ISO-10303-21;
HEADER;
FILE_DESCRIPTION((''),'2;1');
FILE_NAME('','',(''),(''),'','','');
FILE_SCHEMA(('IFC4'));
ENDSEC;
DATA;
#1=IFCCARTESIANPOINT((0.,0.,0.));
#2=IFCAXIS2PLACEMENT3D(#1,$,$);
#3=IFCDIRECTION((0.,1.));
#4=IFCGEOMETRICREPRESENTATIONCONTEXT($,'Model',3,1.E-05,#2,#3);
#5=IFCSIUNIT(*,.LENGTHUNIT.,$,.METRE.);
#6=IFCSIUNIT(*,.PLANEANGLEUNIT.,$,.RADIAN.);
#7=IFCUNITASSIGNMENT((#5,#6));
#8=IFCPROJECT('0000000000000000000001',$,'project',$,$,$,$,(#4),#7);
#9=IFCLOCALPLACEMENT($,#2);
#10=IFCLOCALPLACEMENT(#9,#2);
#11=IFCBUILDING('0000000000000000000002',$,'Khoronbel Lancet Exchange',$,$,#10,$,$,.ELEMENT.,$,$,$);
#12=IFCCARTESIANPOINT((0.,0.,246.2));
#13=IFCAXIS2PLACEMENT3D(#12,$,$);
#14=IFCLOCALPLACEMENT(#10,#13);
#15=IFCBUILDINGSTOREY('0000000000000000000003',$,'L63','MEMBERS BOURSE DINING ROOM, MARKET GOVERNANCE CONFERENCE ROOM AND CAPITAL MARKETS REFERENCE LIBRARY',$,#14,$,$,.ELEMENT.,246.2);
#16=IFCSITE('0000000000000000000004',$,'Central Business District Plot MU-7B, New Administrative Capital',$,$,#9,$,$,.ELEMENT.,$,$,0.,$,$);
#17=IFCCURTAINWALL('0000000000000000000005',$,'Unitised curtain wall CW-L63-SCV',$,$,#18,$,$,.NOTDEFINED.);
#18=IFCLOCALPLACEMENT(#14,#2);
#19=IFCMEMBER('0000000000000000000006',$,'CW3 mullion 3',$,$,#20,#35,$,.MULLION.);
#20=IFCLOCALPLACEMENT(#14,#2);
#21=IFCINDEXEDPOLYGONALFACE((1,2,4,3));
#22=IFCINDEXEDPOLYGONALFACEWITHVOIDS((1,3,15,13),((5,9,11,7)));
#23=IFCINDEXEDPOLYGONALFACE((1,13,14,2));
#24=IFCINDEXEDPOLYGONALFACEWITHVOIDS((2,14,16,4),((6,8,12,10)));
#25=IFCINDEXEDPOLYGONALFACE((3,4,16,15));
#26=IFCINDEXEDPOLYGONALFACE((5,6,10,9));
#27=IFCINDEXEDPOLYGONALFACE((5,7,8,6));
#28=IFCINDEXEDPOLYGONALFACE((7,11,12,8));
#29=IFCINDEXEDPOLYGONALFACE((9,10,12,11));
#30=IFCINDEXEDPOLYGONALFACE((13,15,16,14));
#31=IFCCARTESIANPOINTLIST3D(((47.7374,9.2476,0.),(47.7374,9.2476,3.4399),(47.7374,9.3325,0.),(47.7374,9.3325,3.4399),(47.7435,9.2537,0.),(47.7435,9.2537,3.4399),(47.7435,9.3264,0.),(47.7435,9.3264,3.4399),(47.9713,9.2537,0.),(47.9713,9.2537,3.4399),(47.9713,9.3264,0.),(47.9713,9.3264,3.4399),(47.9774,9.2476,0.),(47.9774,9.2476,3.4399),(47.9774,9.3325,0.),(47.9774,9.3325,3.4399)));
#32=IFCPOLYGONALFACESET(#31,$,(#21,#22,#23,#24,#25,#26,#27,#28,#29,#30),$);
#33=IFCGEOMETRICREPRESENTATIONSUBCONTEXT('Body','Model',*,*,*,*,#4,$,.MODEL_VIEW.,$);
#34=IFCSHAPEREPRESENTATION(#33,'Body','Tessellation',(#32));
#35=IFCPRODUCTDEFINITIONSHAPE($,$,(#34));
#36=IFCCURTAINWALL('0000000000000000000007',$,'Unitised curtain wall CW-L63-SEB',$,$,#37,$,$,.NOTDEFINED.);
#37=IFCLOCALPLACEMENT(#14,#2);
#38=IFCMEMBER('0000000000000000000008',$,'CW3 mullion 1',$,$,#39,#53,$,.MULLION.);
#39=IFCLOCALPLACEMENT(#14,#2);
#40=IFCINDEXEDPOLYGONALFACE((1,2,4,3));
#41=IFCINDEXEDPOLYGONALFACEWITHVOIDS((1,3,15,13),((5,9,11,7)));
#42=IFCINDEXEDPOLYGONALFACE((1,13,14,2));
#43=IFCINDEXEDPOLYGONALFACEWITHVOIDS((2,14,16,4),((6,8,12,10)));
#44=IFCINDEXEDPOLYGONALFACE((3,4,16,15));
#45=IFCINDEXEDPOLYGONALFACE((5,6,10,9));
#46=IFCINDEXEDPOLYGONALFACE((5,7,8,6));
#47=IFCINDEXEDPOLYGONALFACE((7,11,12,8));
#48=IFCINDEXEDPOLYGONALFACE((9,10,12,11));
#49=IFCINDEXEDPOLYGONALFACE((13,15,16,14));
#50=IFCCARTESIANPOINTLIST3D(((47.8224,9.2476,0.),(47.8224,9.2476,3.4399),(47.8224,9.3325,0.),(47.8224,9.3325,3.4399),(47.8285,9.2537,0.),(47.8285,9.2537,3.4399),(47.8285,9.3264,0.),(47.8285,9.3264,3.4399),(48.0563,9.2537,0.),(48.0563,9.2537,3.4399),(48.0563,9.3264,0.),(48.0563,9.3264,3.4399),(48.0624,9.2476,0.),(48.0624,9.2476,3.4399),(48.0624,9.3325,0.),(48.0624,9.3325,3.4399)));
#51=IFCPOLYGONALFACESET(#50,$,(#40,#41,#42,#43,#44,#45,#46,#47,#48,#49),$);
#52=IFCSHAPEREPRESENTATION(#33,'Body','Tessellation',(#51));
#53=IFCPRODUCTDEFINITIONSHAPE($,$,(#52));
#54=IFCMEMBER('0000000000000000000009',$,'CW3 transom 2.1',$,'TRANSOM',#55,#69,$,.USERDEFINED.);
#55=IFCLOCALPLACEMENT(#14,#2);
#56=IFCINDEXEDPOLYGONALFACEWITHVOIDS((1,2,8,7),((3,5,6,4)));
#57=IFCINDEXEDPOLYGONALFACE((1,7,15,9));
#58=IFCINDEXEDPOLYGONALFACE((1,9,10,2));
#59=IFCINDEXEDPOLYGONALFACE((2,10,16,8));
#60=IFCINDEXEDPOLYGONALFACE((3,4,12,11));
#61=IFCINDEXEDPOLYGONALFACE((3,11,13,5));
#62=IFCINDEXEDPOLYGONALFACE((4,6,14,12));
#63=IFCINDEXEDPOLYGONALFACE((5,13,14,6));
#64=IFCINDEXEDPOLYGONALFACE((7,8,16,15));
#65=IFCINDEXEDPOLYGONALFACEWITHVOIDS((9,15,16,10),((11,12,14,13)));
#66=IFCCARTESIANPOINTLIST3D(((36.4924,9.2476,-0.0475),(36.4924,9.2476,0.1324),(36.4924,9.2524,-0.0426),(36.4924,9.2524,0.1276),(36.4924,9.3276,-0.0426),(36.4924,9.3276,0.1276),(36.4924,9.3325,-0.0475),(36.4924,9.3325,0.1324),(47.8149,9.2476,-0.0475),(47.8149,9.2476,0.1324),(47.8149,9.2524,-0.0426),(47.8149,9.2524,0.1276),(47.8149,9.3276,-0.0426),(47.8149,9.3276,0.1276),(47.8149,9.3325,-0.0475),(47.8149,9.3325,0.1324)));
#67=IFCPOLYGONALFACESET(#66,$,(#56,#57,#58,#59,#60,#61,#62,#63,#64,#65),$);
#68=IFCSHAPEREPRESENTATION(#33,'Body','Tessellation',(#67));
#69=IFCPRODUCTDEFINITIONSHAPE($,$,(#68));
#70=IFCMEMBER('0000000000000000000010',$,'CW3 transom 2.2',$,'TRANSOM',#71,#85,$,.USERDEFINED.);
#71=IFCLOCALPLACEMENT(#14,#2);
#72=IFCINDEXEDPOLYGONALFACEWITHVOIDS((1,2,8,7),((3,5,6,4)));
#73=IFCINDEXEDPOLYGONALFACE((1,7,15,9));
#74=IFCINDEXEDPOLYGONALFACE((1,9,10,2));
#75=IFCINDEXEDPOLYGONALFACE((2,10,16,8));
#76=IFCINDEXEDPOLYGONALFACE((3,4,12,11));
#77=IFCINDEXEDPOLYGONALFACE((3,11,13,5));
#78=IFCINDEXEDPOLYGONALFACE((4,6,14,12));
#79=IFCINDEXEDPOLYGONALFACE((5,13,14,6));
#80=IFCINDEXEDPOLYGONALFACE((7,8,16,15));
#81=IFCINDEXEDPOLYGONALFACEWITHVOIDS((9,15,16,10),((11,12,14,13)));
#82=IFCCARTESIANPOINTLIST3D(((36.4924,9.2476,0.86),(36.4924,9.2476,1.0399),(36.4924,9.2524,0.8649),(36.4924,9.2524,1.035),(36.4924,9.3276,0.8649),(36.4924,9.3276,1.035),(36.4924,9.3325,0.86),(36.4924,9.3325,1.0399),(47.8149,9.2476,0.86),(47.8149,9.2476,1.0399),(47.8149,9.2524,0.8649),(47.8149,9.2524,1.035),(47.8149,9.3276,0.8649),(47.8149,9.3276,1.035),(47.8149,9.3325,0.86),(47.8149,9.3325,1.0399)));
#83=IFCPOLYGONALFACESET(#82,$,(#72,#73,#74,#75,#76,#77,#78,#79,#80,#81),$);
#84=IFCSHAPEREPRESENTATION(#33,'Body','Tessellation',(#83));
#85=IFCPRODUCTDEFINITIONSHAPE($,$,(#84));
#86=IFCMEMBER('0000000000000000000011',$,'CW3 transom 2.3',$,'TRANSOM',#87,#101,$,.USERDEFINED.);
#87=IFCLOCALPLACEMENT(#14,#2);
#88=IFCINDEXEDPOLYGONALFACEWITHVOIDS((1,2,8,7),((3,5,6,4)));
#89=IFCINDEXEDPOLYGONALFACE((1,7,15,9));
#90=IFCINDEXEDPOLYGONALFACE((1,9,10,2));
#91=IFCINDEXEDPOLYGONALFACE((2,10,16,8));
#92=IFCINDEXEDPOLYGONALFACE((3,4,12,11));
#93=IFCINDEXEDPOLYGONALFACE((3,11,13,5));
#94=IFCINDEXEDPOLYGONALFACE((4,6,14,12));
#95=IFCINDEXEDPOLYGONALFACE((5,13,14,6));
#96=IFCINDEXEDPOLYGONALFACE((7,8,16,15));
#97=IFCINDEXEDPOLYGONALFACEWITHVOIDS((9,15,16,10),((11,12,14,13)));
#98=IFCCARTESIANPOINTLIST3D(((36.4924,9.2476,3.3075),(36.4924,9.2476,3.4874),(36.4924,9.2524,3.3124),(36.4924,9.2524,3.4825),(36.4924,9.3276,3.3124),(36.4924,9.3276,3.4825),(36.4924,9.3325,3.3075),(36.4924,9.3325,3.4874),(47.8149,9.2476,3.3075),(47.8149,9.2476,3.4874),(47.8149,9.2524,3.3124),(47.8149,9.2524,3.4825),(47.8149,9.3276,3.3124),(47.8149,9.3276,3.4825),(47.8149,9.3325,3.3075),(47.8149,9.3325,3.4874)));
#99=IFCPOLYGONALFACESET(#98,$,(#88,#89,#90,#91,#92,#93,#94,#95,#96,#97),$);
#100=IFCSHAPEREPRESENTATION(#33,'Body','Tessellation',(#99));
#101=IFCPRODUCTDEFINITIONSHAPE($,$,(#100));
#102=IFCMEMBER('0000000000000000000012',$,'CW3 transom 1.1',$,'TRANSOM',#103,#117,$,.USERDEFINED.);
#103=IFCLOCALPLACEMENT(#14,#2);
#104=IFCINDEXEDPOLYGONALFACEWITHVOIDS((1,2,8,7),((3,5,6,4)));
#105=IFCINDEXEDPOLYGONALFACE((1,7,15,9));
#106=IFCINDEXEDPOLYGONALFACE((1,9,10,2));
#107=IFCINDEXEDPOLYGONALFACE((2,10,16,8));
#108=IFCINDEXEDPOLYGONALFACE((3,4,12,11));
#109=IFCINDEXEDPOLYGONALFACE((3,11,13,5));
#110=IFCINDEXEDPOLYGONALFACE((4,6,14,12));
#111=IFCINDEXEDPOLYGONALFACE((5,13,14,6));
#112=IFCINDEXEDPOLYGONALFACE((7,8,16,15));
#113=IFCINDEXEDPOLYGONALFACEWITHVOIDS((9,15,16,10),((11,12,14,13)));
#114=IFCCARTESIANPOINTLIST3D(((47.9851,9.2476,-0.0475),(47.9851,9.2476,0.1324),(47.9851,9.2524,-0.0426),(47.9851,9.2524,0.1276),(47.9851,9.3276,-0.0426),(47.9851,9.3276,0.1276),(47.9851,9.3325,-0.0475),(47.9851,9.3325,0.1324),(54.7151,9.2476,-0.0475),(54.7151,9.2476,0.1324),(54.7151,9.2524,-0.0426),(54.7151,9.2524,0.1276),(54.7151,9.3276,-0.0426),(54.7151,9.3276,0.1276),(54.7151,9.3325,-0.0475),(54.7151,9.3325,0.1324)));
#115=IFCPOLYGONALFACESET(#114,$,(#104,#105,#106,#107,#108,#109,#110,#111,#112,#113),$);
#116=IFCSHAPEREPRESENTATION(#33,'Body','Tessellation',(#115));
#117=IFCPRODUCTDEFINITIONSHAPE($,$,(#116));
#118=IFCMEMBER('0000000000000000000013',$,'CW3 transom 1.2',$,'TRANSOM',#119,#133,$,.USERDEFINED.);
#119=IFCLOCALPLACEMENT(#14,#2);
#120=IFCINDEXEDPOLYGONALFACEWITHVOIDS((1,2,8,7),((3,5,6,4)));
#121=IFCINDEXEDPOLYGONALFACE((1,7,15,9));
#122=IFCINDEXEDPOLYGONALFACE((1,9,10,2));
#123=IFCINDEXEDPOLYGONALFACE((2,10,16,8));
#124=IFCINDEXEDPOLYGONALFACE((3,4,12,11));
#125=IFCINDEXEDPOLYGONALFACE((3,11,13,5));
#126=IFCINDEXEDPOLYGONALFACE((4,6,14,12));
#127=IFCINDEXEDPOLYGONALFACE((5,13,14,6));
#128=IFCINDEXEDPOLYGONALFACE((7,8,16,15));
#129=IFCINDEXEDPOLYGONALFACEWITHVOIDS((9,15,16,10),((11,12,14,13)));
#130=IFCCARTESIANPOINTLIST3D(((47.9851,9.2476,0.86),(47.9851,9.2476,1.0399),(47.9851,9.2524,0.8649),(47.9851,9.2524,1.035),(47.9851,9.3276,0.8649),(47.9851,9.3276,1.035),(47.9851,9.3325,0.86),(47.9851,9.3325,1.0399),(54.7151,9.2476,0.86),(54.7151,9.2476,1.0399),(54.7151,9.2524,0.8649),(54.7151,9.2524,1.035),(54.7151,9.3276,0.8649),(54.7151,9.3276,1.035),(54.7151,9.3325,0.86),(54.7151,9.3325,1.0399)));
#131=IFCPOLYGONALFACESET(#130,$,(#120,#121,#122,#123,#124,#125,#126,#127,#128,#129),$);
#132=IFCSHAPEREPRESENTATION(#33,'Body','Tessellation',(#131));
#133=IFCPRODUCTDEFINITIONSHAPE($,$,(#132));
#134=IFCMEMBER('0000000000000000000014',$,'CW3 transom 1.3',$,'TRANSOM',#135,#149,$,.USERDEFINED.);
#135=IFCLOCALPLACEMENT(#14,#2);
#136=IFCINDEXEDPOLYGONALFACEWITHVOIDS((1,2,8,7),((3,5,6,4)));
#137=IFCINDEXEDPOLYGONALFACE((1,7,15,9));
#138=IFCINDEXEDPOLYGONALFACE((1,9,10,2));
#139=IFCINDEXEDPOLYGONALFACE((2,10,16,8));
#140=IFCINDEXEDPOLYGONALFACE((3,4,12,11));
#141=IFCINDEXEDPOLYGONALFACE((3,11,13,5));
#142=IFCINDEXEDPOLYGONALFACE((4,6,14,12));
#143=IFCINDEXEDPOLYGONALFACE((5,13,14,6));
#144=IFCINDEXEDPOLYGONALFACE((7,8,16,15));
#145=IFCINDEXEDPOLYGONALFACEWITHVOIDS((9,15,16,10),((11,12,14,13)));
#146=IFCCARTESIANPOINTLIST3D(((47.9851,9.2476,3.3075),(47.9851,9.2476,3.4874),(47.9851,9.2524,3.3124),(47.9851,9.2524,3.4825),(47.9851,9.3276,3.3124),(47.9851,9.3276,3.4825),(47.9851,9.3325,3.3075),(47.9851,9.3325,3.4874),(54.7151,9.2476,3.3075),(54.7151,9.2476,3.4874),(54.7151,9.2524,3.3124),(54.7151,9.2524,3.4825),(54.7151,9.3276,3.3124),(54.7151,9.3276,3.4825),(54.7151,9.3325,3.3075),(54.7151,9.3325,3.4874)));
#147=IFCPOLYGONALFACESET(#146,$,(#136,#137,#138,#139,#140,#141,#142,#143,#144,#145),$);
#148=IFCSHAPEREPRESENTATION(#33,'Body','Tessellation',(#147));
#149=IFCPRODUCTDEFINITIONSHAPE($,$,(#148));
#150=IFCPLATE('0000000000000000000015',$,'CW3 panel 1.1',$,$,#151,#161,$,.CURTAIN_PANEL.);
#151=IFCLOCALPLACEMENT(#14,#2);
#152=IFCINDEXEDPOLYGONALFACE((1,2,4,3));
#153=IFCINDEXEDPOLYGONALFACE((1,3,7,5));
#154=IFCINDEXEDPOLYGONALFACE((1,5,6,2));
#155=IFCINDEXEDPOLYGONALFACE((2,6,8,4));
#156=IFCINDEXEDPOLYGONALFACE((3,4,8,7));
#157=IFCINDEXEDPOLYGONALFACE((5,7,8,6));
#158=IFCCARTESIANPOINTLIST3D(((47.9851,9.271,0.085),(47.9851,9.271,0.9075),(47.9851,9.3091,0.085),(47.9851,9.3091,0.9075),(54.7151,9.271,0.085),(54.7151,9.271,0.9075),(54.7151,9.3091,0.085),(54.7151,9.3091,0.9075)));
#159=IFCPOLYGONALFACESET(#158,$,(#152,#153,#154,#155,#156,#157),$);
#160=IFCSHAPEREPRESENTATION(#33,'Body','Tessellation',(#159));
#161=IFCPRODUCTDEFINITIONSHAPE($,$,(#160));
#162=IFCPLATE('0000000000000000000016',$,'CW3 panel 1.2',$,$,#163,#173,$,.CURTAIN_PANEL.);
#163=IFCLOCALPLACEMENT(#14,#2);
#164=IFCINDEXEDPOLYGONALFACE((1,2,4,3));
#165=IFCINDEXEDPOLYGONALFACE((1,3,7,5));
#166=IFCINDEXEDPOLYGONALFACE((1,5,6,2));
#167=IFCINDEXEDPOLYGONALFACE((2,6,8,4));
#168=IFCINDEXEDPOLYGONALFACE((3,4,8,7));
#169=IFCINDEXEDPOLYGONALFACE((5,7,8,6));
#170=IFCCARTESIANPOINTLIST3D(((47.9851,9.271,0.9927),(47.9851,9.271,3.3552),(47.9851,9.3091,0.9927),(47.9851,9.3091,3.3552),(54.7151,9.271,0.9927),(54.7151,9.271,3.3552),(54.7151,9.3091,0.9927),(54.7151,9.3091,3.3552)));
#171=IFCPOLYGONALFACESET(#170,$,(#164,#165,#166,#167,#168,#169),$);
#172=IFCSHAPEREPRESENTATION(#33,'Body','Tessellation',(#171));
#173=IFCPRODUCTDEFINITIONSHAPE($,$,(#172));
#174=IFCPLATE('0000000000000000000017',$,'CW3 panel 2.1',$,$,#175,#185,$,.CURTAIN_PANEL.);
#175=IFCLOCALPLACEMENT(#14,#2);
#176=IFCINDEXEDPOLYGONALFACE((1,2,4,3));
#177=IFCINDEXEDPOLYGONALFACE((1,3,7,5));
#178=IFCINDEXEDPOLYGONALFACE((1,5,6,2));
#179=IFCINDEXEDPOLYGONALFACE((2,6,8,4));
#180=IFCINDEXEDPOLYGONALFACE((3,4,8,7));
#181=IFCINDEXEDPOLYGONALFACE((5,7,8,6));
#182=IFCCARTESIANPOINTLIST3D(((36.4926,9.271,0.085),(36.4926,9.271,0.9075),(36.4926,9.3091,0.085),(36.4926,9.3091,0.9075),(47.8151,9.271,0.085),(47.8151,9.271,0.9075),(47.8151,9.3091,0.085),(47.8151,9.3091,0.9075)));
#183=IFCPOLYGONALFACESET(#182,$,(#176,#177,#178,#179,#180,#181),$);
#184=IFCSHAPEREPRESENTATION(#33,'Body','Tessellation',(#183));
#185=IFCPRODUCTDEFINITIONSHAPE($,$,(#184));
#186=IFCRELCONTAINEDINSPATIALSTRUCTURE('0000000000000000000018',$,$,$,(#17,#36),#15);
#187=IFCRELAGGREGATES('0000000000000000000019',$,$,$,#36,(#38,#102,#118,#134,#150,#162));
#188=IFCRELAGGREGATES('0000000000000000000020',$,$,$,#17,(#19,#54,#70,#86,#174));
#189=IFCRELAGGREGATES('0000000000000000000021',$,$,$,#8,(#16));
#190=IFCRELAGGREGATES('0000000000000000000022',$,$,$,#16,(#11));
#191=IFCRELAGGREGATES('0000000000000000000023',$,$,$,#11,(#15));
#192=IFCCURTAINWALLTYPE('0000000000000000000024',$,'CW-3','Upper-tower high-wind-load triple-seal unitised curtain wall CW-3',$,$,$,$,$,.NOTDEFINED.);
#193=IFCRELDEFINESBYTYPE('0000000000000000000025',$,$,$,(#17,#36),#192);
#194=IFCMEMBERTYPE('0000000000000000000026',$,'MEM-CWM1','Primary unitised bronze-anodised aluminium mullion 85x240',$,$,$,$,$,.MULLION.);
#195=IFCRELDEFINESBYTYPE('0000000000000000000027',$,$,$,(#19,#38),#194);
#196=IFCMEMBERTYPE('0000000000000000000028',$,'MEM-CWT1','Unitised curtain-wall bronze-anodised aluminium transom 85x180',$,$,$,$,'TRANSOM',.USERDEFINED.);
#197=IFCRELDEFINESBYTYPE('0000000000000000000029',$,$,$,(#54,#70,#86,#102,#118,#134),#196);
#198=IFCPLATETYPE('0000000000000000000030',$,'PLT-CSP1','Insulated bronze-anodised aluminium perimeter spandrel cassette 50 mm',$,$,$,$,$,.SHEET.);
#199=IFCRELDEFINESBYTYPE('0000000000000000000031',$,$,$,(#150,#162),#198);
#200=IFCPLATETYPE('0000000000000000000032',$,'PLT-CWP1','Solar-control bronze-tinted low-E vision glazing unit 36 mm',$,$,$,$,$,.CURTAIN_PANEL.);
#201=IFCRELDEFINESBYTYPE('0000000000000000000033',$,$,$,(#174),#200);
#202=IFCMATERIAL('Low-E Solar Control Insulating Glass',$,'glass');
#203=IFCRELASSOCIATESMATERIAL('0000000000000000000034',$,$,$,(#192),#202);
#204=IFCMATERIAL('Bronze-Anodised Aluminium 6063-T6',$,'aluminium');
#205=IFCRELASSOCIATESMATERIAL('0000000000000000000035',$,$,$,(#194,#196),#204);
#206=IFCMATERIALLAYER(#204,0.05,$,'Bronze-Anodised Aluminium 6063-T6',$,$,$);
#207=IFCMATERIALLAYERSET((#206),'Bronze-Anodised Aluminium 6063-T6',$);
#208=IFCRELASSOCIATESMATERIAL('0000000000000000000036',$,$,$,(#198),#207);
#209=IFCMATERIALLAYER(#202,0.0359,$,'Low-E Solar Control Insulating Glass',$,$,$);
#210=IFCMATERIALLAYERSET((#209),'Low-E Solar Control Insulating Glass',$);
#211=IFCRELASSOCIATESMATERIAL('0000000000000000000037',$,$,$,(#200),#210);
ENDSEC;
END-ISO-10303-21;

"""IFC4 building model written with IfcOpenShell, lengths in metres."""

from ifc_helpers import new_model, si_unit, direction, frame, origin, origin_2d, place, context, subcontext, project, spatial, rectangle, hollow_rectangle, extrude, material, layer, layer_set, material_profile, profile_set, type_object, element, aggregate, save


model = new_model("IFC4")

# Units and contexts
model_context = context("Model", 3, precision=1e-05, world=origin(), true_north=direction((0.0, 1.0)))
body_context = subcontext(model_context, "Body", "Model", "MODEL_VIEW")
ifc_project = project(units=[si_unit("LENGTHUNIT", "METRE"), si_unit("PLANEANGLEUNIT", "RADIAN")], contexts=[model_context])

# Site, building, storey
site_placement = place(None, origin())
site = spatial("IfcSite", under=ifc_project, at=site_placement, Name="Central Business District Plot MU-7B, New Administrative Capital", CompositionType="ELEMENT", RefElevation=0.0)
building_placement = place(site_placement, origin())
building = spatial("IfcBuilding", under=site, at=building_placement, Name="Khoronbel Lancet Exchange", CompositionType="ELEMENT")
storey_placement = place(building_placement, frame((0.0, 0.0, 246.2)))
storey = spatial("IfcBuildingStorey", under=building, at=storey_placement, Name="L63", Description="MEMBERS BOURSE DINING ROOM, MARKET GOVERNANCE CONFERENCE ROOM AND CAPITAL MARKETS REFERENCE LIBRARY", CompositionType="ELEMENT", Elevation=246.2)

# Curtain wall, member
ifc_material_1 = material(Name="Low-E Solar Control Insulating Glass", Category="glass")
curtain_wall_type = type_object("IfcCurtainWallType", Name="CW-3", Description="Upper-tower high-wind-load triple-seal unitised curtain wall CW-3", PredefinedType="NOTDEFINED", material=ifc_material_1)
curtain_wall_1_placement = place(storey_placement, origin())
curtain_wall_1 = element("IfcCurtainWall", 1, at=curtain_wall_1_placement, inside=storey, type_object=curtain_wall_type, Name="Unitised curtain wall CW-L63-SCV", PredefinedType="NOTDEFINED")
ifc_material_2 = material(Name="Bronze-Anodised Aluminium 6063-T6", Category="aluminium")
ifc_material_profile_1 = material_profile(ifc_material_2, hollow_rectangle(XDim=0.085, YDim=0.24, WallThickness=0.0061, at=origin_2d()), Name="ALU MULLION 85x240")
ifc_profile_set_1 = profile_set([ifc_material_profile_1], Name="Bronze-Anodised Aluminium 6063-T6")
member_type_1 = type_object("IfcMemberType", Name="MEM-CWM1", Description="Primary unitised bronze-anodised aluminium mullion 85x240", PredefinedType="MULLION", material=ifc_profile_set_1)
member_1_placement = place(storey_placement, frame((47.8574, 9.29, 0.0), z_axis=(0.0, 0.0, 1.0), x_axis=(0.0, 1.0, 0.0)))
member_1 = element("IfcMember", 2, at=member_1_placement, type_object=member_type_1, Name="CW3 mullion 3", PredefinedType="MULLION", context=body_context, shape_type="SweptSolid", body=[
    extrude(hollow_rectangle(XDim=0.085, YDim=0.24, WallThickness=0.0061, at=origin_2d()), origin(), (0.0, 0.0, 1.0), 3.4399),
])

# Curtain wall, member
curtain_wall_2_placement = place(storey_placement, origin())
curtain_wall_2 = element("IfcCurtainWall", 3, at=curtain_wall_2_placement, inside=storey, type_object=curtain_wall_type, Name="Unitised curtain wall CW-L63-SEB", PredefinedType="NOTDEFINED")
member_2_placement = place(storey_placement, frame((47.9424, 9.29, 0.0), z_axis=(0.0, 0.0, 1.0), x_axis=(0.0, 1.0, 0.0)))
member_2 = element("IfcMember", 4, at=member_2_placement, type_object=member_type_1, Name="CW3 mullion 1", PredefinedType="MULLION", context=body_context, shape_type="SweptSolid", body=[
    extrude(hollow_rectangle(XDim=0.085, YDim=0.24, WallThickness=0.0061, at=origin_2d()), origin(), (0.0, 0.0, 1.0), 3.4399),
])

# Members
ifc_material_profile_2 = material_profile(ifc_material_2, hollow_rectangle(XDim=0.085, YDim=0.1799, WallThickness=0.0049, at=origin_2d()), Name="ALU TRANSOM 85x180")
ifc_profile_set_2 = profile_set([ifc_material_profile_2], Name="Bronze-Anodised Aluminium 6063-T6")
member_type_2 = type_object("IfcMemberType", Name="MEM-CWT1", Description="Unitised curtain-wall bronze-anodised aluminium transom 85x180", ElementType="TRANSOM", PredefinedType="USERDEFINED", material=ifc_profile_set_2)
member_3_placement = place(storey_placement, frame((36.4924, 9.29, 0.0425), z_axis=(1.0, 0.0, 0.0), x_axis=(0.0, 1.0, 0.0)))
member_3 = element("IfcMember", 5, at=member_3_placement, type_object=member_type_2, Name="CW3 transom 2.1", ObjectType="TRANSOM", PredefinedType="USERDEFINED", context=body_context, shape_type="SweptSolid", body=[
    extrude(hollow_rectangle(XDim=0.085, YDim=0.1799, WallThickness=0.0049, at=origin_2d()), origin(), (0.0, 0.0, 1.0), 11.3225),
])
member_4_placement = place(storey_placement, frame((36.4924, 9.29, 0.95), z_axis=(1.0, 0.0, 0.0), x_axis=(0.0, 1.0, 0.0)))
member_4 = element("IfcMember", 6, at=member_4_placement, type_object=member_type_2, Name="CW3 transom 2.2", ObjectType="TRANSOM", PredefinedType="USERDEFINED", context=body_context, shape_type="SweptSolid", body=[
    extrude(hollow_rectangle(XDim=0.085, YDim=0.1799, WallThickness=0.0049, at=origin_2d()), origin(), (0.0, 0.0, 1.0), 11.3225),
])
member_5_placement = place(storey_placement, frame((36.4924, 9.29, 3.3975), z_axis=(1.0, 0.0, 0.0), x_axis=(0.0, 1.0, 0.0)))
member_5 = element("IfcMember", 7, at=member_5_placement, type_object=member_type_2, Name="CW3 transom 2.3", ObjectType="TRANSOM", PredefinedType="USERDEFINED", context=body_context, shape_type="SweptSolid", body=[
    extrude(hollow_rectangle(XDim=0.085, YDim=0.1799, WallThickness=0.0049, at=origin_2d()), origin(), (0.0, 0.0, 1.0), 11.3225),
])
member_6_placement = place(storey_placement, frame((47.9851, 9.29, 0.0425), z_axis=(1.0, 0.0, 0.0), x_axis=(0.0, 1.0, 0.0)))
member_6 = element("IfcMember", 8, at=member_6_placement, type_object=member_type_2, Name="CW3 transom 1.1", ObjectType="TRANSOM", PredefinedType="USERDEFINED", context=body_context, shape_type="SweptSolid", body=[
    extrude(hollow_rectangle(XDim=0.085, YDim=0.1799, WallThickness=0.0049, at=origin_2d()), origin(), (0.0, 0.0, 1.0), 6.73),
])
member_7_placement = place(storey_placement, frame((47.9851, 9.29, 0.95), z_axis=(1.0, 0.0, 0.0), x_axis=(0.0, 1.0, 0.0)))
member_7 = element("IfcMember", 9, at=member_7_placement, type_object=member_type_2, Name="CW3 transom 1.2", ObjectType="TRANSOM", PredefinedType="USERDEFINED", context=body_context, shape_type="SweptSolid", body=[
    extrude(hollow_rectangle(XDim=0.085, YDim=0.1799, WallThickness=0.0049, at=origin_2d()), origin(), (0.0, 0.0, 1.0), 6.73),
])
member_8_placement = place(storey_placement, frame((47.9851, 9.29, 3.3975), z_axis=(1.0, 0.0, 0.0), x_axis=(0.0, 1.0, 0.0)))
member_8 = element("IfcMember", 10, at=member_8_placement, type_object=member_type_2, Name="CW3 transom 1.3", ObjectType="TRANSOM", PredefinedType="USERDEFINED", context=body_context, shape_type="SweptSolid", body=[
    extrude(hollow_rectangle(XDim=0.085, YDim=0.1799, WallThickness=0.0049, at=origin_2d()), origin(), (0.0, 0.0, 1.0), 6.73),
])

# Plates
ifc_layer_1 = layer(ifc_material_2, 0.05, Name="Bronze-Anodised Aluminium 6063-T6")
ifc_layer_set_1 = layer_set([ifc_layer_1], Name="Bronze-Anodised Aluminium 6063-T6")
plate_type_1 = type_object("IfcPlateType", Name="PLT-CSP1", Description="Insulated bronze-anodised aluminium perimeter spandrel cassette 50 mm", PredefinedType="SHEET", material=ifc_layer_set_1)
plate_1_placement = place(storey_placement, frame((51.3501, 9.29, 0.085), z_axis=(0.0, 0.0, 1.0), x_axis=(1.0, 0.0, 0.0)))
plate_1 = element("IfcPlate", 11, at=plate_1_placement, type_object=plate_type_1, Name="CW3 panel 1.1", PredefinedType="CURTAIN_PANEL", context=body_context, shape_type="SweptSolid", body=[
    extrude(rectangle(XDim=6.73, YDim=0.0381, at=origin_2d()), origin(), (0.0, 0.0, 1.0), 0.8225),
])
plate_2_placement = place(storey_placement, frame((51.3501, 9.29, 0.9927), z_axis=(0.0, 0.0, 1.0), x_axis=(1.0, 0.0, 0.0)))
plate_2 = element("IfcPlate", 12, at=plate_2_placement, type_object=plate_type_1, Name="CW3 panel 1.2", PredefinedType="CURTAIN_PANEL", context=body_context, shape_type="SweptSolid", body=[
    extrude(rectangle(XDim=6.73, YDim=0.0381, at=origin_2d()), origin(), (0.0, 0.0, 1.0), 2.3625),
])
aggregate(curtain_wall_2, [member_2, member_6, member_7, member_8, plate_1, plate_2])
ifc_layer_2 = layer(ifc_material_1, 0.0359, Name="Low-E Solar Control Insulating Glass")
ifc_layer_set_2 = layer_set([ifc_layer_2], Name="Low-E Solar Control Insulating Glass")
plate_type_2 = type_object("IfcPlateType", Name="PLT-CWP1", Description="Solar-control bronze-tinted low-E vision glazing unit 36 mm", PredefinedType="CURTAIN_PANEL", material=ifc_layer_set_2)
plate_3_placement = place(storey_placement, frame((42.1538, 9.29, 0.085), z_axis=(0.0, 0.0, 1.0), x_axis=(1.0, 0.0, 0.0)))
plate_3 = element("IfcPlate", 13, at=plate_3_placement, type_object=plate_type_2, Name="CW3 panel 2.1", PredefinedType="CURTAIN_PANEL", context=body_context, shape_type="SweptSolid", body=[
    extrude(rectangle(XDim=11.3225, YDim=0.0381, at=origin_2d()), origin(), (0.0, 0.0, 1.0), 0.8225),
])
aggregate(curtain_wall_1, [member_1, member_3, member_4, member_5, plate_3])

save(model, "model.ifc")
